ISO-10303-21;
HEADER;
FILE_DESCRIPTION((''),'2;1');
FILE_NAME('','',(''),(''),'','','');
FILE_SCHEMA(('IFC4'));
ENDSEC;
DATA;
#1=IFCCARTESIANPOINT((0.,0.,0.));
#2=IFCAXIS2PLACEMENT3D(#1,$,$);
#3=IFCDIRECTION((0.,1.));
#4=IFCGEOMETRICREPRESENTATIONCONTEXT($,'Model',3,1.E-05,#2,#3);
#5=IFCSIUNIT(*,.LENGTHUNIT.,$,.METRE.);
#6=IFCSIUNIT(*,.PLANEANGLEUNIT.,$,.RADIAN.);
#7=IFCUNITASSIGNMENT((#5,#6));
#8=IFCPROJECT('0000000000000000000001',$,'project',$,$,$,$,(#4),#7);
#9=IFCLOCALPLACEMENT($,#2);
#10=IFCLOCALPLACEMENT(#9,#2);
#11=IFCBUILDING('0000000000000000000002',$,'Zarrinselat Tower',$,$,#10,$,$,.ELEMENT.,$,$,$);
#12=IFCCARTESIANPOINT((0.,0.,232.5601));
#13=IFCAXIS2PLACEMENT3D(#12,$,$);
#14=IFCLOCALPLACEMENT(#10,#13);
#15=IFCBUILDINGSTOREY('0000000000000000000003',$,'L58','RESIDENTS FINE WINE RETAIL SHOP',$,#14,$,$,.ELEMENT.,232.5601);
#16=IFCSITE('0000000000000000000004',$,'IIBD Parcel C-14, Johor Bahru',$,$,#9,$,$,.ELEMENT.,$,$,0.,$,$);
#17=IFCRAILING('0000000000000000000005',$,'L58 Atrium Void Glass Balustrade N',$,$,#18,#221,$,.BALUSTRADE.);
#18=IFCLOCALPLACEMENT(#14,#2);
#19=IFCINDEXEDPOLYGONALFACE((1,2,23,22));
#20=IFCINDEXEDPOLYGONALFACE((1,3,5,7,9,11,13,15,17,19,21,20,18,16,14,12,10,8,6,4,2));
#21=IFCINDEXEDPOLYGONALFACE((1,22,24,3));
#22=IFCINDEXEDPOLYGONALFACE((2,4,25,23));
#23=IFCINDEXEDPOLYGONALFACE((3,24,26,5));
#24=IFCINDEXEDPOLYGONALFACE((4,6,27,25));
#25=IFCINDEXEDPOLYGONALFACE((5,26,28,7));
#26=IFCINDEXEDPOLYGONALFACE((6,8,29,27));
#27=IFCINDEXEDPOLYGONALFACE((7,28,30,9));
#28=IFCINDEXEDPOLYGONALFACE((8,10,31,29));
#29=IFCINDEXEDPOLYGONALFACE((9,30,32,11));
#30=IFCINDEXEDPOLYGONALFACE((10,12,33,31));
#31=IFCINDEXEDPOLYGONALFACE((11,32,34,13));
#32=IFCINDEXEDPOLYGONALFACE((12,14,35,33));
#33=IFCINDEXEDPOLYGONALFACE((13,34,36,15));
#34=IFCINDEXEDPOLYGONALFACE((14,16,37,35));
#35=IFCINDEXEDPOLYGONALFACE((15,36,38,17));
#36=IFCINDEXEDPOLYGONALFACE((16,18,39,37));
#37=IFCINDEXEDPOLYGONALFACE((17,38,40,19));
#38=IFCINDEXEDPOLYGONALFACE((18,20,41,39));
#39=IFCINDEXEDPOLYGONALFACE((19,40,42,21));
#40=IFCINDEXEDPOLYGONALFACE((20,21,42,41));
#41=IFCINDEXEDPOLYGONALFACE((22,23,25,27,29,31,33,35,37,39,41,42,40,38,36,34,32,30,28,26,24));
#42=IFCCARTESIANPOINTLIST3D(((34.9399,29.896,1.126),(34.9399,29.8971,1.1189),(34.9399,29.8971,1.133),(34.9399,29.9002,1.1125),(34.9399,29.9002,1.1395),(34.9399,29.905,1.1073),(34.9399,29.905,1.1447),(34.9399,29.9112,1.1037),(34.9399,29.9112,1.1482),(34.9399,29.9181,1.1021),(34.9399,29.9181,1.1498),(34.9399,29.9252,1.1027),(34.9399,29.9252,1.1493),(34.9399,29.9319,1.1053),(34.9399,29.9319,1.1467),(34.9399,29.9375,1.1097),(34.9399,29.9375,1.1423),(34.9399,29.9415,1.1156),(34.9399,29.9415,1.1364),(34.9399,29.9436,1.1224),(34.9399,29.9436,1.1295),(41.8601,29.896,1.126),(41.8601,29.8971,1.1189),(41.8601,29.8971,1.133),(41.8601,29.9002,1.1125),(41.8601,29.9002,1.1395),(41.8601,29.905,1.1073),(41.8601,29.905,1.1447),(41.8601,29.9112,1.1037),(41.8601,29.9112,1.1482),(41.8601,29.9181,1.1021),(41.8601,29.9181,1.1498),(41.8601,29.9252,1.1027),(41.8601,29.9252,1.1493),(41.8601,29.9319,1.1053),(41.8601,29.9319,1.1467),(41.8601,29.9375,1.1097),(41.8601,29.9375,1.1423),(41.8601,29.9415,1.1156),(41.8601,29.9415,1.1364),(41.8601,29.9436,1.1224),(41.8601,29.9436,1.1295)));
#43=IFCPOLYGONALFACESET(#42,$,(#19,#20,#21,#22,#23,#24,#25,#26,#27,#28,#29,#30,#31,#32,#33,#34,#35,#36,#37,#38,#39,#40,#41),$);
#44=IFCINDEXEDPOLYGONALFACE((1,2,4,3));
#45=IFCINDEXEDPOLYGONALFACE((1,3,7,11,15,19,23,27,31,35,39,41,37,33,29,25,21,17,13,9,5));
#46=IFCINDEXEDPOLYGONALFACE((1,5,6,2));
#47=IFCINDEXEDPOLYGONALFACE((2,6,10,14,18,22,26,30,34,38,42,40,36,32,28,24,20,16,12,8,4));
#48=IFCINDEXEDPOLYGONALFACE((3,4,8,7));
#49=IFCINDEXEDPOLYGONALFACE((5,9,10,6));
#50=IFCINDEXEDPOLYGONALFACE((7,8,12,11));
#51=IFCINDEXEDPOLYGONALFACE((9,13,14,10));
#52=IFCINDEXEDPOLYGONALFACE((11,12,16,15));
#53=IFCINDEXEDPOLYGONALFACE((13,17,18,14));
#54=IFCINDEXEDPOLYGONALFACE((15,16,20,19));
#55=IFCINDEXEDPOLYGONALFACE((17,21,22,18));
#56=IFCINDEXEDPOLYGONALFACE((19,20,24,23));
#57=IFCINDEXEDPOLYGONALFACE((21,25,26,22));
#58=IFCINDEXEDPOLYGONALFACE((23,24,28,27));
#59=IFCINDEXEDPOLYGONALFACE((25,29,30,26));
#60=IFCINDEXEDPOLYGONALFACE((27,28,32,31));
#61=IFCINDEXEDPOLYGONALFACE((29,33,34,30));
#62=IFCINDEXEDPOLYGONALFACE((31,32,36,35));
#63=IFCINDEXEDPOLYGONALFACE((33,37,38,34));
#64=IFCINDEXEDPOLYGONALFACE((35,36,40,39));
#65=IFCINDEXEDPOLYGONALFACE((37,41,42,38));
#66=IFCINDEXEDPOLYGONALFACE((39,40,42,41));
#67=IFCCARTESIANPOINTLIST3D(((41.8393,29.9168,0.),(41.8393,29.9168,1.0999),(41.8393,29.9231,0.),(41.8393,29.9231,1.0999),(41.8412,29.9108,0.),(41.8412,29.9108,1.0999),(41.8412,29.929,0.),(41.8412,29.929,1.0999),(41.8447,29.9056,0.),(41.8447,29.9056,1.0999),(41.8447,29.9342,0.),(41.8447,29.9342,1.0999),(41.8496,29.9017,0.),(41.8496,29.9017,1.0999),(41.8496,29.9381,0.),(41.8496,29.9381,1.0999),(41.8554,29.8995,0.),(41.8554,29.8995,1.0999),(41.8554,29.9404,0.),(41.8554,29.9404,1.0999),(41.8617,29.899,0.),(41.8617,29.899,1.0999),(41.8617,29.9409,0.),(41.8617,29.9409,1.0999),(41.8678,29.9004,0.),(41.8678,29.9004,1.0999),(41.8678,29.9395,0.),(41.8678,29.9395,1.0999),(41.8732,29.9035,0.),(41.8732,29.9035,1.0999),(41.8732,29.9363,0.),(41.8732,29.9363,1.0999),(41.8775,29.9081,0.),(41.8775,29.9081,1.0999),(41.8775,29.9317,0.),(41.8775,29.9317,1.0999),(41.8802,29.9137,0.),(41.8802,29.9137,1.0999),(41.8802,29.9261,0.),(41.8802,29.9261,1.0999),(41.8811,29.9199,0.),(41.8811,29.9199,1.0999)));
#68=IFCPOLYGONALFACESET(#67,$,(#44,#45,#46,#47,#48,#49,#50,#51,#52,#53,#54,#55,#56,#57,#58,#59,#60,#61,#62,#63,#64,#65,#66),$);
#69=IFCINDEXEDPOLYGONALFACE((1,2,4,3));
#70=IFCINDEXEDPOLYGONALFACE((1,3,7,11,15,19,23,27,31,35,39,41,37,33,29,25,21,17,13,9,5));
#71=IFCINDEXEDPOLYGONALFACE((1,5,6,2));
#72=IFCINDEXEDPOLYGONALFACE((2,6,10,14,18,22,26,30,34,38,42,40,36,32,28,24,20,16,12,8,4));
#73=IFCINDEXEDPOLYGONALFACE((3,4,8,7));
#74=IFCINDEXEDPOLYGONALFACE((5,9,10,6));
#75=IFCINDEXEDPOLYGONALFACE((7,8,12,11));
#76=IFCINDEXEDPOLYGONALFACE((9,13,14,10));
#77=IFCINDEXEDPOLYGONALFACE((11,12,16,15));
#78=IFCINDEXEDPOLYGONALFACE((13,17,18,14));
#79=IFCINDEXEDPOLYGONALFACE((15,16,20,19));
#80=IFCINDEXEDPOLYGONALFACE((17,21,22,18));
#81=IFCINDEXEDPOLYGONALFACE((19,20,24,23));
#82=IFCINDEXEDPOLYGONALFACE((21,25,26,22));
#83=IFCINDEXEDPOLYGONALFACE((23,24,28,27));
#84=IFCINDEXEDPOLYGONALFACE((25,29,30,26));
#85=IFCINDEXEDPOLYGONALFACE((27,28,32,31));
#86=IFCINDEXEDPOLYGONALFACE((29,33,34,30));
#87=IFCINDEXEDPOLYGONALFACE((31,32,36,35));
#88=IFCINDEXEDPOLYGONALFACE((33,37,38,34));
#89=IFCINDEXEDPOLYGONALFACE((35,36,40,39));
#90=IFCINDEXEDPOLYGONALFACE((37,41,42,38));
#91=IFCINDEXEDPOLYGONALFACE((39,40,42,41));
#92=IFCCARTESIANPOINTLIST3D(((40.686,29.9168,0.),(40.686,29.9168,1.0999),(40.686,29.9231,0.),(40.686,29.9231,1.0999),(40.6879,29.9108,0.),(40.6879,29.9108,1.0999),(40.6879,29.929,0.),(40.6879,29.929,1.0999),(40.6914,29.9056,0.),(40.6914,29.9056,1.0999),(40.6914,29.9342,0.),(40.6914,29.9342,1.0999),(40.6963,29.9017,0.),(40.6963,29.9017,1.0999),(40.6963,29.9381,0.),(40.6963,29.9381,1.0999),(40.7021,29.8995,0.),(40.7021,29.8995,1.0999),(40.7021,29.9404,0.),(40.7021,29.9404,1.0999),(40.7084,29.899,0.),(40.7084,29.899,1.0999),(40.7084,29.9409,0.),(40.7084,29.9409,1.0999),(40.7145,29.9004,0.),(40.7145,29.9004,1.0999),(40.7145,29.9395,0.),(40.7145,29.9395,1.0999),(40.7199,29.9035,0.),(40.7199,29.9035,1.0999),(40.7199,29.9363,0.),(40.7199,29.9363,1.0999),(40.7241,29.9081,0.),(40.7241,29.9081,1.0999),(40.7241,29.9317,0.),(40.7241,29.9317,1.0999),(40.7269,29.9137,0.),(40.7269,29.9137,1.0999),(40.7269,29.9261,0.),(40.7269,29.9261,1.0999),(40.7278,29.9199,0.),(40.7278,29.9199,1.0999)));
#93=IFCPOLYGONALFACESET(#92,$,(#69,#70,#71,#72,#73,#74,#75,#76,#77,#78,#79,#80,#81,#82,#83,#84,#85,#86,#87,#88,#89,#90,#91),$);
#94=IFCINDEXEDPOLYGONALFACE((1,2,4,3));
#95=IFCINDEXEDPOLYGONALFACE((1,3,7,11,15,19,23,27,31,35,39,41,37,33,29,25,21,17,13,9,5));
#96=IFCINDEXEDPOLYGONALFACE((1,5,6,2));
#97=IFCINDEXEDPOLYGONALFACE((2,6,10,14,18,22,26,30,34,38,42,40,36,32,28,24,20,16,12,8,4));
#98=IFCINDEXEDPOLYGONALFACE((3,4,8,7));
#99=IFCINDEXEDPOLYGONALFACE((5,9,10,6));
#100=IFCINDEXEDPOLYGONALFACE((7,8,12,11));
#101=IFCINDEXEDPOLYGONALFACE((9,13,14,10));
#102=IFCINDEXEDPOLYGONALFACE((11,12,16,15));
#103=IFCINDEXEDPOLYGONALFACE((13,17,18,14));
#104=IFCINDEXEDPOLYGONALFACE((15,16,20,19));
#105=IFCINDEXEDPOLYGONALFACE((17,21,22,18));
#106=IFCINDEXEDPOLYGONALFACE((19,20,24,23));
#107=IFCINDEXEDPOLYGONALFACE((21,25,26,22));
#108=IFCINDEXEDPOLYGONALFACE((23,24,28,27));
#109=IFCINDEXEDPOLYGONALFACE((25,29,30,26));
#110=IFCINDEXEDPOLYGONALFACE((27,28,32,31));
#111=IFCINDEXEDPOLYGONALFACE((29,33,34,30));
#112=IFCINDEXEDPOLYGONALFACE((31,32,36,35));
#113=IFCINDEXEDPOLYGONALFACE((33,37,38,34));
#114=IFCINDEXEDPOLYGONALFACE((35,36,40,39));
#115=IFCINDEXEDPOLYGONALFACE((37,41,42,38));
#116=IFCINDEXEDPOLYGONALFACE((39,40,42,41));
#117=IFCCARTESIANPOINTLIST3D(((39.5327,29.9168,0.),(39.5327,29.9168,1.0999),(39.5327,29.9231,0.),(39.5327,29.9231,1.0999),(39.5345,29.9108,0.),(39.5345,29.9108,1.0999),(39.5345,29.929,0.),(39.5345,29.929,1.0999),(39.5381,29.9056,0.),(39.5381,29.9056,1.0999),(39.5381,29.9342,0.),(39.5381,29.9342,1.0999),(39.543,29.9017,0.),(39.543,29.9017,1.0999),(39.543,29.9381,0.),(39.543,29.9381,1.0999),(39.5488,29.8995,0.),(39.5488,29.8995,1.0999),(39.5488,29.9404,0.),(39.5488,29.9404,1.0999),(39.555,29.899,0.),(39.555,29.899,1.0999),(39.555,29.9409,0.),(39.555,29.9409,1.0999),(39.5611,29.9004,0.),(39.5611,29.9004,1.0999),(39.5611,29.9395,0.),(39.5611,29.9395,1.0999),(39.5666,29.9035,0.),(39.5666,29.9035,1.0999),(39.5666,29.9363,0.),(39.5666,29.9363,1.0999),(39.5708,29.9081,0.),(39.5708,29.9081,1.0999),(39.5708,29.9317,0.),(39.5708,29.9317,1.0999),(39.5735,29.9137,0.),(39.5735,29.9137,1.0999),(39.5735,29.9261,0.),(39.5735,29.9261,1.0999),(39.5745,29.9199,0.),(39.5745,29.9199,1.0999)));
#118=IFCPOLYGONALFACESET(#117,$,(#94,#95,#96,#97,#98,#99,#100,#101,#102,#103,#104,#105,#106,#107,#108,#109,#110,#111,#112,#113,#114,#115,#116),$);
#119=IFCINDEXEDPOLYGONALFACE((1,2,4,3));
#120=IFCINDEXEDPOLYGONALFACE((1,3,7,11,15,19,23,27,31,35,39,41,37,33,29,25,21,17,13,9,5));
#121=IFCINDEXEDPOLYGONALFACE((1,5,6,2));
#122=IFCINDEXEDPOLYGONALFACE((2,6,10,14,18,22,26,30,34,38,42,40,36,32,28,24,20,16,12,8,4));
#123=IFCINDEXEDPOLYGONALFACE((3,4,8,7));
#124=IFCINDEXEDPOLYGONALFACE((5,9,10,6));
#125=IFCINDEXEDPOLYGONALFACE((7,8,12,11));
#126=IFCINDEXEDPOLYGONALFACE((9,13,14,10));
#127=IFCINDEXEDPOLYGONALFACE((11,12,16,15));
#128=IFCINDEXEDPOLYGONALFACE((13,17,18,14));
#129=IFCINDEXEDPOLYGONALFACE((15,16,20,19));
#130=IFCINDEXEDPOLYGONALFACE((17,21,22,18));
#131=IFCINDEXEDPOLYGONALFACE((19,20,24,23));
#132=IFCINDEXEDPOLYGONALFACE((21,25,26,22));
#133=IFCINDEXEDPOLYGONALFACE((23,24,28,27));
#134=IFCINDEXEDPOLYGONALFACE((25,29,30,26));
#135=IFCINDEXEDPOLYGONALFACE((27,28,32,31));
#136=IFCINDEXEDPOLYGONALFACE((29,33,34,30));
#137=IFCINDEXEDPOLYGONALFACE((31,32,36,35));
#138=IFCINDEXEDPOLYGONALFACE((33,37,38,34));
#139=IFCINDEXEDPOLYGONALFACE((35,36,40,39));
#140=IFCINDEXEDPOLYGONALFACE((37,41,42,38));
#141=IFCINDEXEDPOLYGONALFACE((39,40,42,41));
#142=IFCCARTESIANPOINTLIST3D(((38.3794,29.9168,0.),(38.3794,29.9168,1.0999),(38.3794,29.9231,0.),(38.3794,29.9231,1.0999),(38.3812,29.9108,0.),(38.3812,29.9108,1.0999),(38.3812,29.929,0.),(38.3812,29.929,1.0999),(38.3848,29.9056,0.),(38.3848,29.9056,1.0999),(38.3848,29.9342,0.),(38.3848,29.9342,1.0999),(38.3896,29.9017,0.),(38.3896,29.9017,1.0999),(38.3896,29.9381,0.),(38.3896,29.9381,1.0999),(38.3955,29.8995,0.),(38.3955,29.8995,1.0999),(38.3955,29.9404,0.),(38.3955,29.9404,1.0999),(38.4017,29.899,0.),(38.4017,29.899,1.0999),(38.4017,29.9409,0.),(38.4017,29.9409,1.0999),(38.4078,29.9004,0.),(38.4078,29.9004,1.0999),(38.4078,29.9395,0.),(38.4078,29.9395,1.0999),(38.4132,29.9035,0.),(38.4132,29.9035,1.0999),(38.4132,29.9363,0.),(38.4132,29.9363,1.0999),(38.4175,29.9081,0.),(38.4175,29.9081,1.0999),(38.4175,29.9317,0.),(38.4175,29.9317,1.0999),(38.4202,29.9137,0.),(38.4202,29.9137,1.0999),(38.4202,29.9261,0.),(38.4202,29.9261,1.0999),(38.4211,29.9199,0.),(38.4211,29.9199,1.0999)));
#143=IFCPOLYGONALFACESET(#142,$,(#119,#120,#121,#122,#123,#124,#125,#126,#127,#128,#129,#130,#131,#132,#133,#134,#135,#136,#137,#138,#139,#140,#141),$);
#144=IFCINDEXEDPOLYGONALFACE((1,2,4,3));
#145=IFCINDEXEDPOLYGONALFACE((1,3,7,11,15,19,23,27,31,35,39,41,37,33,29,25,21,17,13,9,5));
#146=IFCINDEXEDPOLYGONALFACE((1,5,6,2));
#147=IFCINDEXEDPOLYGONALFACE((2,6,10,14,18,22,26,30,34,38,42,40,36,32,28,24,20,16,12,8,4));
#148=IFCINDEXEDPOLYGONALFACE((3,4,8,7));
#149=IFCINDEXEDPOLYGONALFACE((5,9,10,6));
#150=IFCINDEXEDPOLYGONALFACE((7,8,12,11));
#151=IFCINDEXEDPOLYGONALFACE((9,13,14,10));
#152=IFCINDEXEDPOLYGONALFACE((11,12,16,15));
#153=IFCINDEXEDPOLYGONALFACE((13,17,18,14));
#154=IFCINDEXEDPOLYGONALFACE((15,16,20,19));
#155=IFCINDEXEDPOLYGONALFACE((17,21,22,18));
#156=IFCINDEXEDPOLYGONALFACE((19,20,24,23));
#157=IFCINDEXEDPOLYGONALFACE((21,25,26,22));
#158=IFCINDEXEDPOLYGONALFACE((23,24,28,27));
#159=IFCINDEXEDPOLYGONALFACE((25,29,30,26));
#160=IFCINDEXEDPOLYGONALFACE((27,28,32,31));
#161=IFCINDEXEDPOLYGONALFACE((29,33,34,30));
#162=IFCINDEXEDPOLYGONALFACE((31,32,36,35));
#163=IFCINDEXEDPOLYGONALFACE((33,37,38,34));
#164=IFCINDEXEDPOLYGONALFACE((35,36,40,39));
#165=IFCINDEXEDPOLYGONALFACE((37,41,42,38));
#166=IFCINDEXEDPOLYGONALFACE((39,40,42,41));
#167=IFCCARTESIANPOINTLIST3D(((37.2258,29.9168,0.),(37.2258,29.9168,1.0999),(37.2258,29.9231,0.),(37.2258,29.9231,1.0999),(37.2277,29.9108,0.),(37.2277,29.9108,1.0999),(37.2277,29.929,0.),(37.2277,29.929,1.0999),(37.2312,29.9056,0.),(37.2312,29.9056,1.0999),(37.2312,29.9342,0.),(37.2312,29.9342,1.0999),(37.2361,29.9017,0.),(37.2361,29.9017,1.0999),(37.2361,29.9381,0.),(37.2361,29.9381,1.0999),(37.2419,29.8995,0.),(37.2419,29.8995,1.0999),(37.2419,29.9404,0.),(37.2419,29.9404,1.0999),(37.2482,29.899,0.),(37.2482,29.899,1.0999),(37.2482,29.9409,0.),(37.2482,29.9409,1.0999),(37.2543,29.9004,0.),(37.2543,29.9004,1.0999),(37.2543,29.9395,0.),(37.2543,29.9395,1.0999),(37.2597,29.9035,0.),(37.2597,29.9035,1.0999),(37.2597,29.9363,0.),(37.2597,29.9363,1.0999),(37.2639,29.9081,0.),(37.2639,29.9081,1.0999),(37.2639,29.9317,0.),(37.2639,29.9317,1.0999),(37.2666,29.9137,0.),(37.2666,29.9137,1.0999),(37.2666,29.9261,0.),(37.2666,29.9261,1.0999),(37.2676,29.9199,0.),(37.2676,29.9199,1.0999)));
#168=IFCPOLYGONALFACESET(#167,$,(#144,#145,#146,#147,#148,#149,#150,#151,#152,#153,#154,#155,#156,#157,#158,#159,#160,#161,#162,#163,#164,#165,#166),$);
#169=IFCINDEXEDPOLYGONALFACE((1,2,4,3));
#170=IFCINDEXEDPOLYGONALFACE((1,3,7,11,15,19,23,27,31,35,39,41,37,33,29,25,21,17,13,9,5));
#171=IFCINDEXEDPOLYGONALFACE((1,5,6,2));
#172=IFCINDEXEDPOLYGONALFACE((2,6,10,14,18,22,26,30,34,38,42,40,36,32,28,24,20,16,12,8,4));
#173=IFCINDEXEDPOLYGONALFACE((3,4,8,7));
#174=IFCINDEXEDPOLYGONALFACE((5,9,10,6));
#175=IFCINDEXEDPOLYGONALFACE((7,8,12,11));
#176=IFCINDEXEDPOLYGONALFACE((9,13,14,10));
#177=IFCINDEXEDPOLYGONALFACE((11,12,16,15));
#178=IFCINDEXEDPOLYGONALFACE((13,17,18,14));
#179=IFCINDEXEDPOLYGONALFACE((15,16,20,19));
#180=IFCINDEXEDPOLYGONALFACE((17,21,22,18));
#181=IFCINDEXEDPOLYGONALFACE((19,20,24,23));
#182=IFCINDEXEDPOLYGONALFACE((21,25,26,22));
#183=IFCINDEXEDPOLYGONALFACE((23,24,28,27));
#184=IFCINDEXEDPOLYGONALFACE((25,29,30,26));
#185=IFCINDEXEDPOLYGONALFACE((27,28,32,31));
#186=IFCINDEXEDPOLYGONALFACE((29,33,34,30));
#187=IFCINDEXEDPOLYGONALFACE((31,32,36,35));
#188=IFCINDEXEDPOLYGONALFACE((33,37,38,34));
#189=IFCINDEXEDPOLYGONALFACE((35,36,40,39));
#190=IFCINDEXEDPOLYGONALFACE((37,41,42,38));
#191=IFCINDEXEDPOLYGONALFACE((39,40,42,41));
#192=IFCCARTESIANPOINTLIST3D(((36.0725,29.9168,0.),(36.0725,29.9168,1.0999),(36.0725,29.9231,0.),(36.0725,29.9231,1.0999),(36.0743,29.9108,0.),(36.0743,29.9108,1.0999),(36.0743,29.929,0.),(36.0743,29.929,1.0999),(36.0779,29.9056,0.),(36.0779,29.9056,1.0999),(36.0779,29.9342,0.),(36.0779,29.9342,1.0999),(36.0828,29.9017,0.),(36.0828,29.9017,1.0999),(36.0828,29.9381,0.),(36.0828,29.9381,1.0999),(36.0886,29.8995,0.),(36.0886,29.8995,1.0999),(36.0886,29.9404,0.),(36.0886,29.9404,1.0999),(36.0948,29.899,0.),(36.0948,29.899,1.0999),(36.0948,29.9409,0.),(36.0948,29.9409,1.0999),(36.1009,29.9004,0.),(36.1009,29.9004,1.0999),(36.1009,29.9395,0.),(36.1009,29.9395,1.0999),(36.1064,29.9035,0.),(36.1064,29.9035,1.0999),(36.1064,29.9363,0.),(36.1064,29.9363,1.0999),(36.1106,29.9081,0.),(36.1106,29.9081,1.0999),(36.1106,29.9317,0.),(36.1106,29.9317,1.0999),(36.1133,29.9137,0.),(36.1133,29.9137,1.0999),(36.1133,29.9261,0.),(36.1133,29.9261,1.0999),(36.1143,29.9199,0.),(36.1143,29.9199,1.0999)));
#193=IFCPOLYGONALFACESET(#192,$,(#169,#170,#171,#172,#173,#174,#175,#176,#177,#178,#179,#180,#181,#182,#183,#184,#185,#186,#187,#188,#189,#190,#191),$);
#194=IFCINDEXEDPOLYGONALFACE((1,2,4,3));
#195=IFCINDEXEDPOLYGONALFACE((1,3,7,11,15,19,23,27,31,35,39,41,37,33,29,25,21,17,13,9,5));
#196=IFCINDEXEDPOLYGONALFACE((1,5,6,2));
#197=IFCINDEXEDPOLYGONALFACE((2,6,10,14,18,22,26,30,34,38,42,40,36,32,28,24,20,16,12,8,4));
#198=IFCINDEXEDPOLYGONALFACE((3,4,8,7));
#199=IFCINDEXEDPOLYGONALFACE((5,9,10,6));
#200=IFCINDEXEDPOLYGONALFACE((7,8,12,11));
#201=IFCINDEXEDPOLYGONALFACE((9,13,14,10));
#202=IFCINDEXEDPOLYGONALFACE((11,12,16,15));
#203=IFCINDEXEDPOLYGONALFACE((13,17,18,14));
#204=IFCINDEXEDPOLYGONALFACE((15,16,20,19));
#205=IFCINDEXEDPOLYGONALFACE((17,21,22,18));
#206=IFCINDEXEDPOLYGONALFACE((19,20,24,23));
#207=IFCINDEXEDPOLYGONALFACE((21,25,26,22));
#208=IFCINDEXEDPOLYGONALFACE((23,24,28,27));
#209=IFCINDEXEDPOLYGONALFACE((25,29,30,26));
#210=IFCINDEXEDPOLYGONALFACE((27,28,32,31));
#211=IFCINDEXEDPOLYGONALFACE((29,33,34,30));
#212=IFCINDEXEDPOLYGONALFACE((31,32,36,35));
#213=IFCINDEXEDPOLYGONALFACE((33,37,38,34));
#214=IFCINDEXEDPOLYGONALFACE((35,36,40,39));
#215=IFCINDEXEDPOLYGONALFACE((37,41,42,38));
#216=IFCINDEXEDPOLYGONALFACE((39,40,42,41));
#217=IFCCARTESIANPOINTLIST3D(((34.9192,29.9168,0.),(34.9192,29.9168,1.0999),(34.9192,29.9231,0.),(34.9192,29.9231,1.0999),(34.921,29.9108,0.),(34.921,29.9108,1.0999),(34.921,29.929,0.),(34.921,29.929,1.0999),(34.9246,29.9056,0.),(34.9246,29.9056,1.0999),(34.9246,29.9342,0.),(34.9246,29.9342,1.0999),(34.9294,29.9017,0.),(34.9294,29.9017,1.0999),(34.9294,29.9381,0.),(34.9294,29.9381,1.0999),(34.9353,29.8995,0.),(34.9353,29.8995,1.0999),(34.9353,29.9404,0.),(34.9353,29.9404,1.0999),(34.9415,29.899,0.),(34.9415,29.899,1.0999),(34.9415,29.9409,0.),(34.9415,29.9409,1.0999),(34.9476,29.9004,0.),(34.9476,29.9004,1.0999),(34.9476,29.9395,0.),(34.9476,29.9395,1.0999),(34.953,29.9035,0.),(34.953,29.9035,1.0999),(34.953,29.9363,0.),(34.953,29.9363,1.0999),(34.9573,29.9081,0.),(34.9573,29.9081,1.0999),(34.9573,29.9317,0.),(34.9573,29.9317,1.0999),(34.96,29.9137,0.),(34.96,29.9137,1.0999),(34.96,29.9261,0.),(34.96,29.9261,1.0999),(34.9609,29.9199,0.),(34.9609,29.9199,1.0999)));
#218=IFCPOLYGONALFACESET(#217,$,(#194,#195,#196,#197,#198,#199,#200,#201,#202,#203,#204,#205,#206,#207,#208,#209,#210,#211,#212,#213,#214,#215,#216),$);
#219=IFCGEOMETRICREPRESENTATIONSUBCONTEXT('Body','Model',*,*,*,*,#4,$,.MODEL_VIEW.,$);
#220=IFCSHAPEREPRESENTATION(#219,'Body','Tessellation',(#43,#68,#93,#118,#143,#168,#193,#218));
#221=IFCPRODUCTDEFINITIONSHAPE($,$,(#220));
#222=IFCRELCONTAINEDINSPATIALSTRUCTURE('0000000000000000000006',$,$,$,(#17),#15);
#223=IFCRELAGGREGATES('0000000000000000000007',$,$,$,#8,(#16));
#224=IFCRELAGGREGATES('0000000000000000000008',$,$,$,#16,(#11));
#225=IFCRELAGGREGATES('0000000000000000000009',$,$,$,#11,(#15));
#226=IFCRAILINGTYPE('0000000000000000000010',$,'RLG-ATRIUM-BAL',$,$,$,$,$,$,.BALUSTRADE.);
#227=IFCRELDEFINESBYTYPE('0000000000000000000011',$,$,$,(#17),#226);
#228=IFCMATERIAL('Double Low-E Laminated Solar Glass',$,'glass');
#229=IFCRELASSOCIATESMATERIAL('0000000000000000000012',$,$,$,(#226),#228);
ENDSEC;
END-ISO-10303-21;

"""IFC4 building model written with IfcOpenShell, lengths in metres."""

from ifc_helpers import new_model, si_unit, direction, frame, origin, origin_2d, place, context, subcontext, project, spatial, circle, extrude, material, type_object, element, save


model = new_model("IFC4")

# Units and contexts
model_context = context("Model", 3, precision=1e-05, world=origin(), true_north=direction((0.0, 1.0)))
body_context = subcontext(model_context, "Body", "Model", "MODEL_VIEW")
ifc_project = project(units=[si_unit("LENGTHUNIT", "METRE"), si_unit("PLANEANGLEUNIT", "RADIAN")], contexts=[model_context])

# Site, building, storey
site_placement = place(None, origin())
site = spatial("IfcSite", under=ifc_project, at=site_placement, Name="IIBD Parcel C-14, Johor Bahru", CompositionType="ELEMENT", RefElevation=0.0)
building_placement = place(site_placement, origin())
building = spatial("IfcBuilding", under=site, at=building_placement, Name="Zarrinselat Tower", CompositionType="ELEMENT")
storey_placement = place(building_placement, frame((0.0, 0.0, 232.5601)))
storey = spatial("IfcBuildingStorey", under=building, at=storey_placement, Name="L58", Description="RESIDENTS FINE WINE RETAIL SHOP", CompositionType="ELEMENT", Elevation=232.5601)

# Railing
ifc_material_1 = material(Name="Double Low-E Laminated Solar Glass", Category="glass")
railing_type_1 = type_object("IfcRailingType", Name="RLG-ATRIUM-BAL", PredefinedType="BALUSTRADE", material=ifc_material_1)
railing_1_placement = place(storey_placement, frame((41.8601, 29.9199, 0.0)))
element("IfcRailing", 1, at=railing_1_placement, inside=storey, type_object=railing_type_1, Name="L58 Atrium Void Glass Balustrade N", PredefinedType="BALUSTRADE", context=body_context, shape_type="SweptSolid", body=[
    extrude(circle(Radius=0.0239, at=origin_2d()), frame((0.0, 0.0, 1.126), z_axis=(-1.0, 0.0, 0.0), x_axis=(0.0, -1.0, 0.0)), (0.0, 0.0, 1.0), 6.9202),
    extrude(circle(Radius=0.021, at=origin_2d()), origin(), (0.0, 0.0, 1.0), 1.0999),
    extrude(circle(Radius=0.021, at=origin_2d()), frame((-1.1533, 0.0, 0.0)), (0.0, 0.0, 1.0), 1.0999),
    extrude(circle(Radius=0.021, at=origin_2d()), frame((-2.3066, 0.0, 0.0)), (0.0, 0.0, 1.0), 1.0999),
    extrude(circle(Radius=0.021, at=origin_2d()), frame((-3.46, 0.0, 0.0)), (0.0, 0.0, 1.0), 1.0999),
    extrude(circle(Radius=0.021, at=origin_2d()), frame((-4.6135, 0.0, 0.0)), (0.0, 0.0, 1.0), 1.0999),
    extrude(circle(Radius=0.021, at=origin_2d()), frame((-5.7668, 0.0, 0.0)), (0.0, 0.0, 1.0), 1.0999),
    extrude(circle(Radius=0.021, at=origin_2d()), frame((-6.9202, 0.0, 0.0)), (0.0, 0.0, 1.0), 1.0999),
])

save(model, "model.ifc")
